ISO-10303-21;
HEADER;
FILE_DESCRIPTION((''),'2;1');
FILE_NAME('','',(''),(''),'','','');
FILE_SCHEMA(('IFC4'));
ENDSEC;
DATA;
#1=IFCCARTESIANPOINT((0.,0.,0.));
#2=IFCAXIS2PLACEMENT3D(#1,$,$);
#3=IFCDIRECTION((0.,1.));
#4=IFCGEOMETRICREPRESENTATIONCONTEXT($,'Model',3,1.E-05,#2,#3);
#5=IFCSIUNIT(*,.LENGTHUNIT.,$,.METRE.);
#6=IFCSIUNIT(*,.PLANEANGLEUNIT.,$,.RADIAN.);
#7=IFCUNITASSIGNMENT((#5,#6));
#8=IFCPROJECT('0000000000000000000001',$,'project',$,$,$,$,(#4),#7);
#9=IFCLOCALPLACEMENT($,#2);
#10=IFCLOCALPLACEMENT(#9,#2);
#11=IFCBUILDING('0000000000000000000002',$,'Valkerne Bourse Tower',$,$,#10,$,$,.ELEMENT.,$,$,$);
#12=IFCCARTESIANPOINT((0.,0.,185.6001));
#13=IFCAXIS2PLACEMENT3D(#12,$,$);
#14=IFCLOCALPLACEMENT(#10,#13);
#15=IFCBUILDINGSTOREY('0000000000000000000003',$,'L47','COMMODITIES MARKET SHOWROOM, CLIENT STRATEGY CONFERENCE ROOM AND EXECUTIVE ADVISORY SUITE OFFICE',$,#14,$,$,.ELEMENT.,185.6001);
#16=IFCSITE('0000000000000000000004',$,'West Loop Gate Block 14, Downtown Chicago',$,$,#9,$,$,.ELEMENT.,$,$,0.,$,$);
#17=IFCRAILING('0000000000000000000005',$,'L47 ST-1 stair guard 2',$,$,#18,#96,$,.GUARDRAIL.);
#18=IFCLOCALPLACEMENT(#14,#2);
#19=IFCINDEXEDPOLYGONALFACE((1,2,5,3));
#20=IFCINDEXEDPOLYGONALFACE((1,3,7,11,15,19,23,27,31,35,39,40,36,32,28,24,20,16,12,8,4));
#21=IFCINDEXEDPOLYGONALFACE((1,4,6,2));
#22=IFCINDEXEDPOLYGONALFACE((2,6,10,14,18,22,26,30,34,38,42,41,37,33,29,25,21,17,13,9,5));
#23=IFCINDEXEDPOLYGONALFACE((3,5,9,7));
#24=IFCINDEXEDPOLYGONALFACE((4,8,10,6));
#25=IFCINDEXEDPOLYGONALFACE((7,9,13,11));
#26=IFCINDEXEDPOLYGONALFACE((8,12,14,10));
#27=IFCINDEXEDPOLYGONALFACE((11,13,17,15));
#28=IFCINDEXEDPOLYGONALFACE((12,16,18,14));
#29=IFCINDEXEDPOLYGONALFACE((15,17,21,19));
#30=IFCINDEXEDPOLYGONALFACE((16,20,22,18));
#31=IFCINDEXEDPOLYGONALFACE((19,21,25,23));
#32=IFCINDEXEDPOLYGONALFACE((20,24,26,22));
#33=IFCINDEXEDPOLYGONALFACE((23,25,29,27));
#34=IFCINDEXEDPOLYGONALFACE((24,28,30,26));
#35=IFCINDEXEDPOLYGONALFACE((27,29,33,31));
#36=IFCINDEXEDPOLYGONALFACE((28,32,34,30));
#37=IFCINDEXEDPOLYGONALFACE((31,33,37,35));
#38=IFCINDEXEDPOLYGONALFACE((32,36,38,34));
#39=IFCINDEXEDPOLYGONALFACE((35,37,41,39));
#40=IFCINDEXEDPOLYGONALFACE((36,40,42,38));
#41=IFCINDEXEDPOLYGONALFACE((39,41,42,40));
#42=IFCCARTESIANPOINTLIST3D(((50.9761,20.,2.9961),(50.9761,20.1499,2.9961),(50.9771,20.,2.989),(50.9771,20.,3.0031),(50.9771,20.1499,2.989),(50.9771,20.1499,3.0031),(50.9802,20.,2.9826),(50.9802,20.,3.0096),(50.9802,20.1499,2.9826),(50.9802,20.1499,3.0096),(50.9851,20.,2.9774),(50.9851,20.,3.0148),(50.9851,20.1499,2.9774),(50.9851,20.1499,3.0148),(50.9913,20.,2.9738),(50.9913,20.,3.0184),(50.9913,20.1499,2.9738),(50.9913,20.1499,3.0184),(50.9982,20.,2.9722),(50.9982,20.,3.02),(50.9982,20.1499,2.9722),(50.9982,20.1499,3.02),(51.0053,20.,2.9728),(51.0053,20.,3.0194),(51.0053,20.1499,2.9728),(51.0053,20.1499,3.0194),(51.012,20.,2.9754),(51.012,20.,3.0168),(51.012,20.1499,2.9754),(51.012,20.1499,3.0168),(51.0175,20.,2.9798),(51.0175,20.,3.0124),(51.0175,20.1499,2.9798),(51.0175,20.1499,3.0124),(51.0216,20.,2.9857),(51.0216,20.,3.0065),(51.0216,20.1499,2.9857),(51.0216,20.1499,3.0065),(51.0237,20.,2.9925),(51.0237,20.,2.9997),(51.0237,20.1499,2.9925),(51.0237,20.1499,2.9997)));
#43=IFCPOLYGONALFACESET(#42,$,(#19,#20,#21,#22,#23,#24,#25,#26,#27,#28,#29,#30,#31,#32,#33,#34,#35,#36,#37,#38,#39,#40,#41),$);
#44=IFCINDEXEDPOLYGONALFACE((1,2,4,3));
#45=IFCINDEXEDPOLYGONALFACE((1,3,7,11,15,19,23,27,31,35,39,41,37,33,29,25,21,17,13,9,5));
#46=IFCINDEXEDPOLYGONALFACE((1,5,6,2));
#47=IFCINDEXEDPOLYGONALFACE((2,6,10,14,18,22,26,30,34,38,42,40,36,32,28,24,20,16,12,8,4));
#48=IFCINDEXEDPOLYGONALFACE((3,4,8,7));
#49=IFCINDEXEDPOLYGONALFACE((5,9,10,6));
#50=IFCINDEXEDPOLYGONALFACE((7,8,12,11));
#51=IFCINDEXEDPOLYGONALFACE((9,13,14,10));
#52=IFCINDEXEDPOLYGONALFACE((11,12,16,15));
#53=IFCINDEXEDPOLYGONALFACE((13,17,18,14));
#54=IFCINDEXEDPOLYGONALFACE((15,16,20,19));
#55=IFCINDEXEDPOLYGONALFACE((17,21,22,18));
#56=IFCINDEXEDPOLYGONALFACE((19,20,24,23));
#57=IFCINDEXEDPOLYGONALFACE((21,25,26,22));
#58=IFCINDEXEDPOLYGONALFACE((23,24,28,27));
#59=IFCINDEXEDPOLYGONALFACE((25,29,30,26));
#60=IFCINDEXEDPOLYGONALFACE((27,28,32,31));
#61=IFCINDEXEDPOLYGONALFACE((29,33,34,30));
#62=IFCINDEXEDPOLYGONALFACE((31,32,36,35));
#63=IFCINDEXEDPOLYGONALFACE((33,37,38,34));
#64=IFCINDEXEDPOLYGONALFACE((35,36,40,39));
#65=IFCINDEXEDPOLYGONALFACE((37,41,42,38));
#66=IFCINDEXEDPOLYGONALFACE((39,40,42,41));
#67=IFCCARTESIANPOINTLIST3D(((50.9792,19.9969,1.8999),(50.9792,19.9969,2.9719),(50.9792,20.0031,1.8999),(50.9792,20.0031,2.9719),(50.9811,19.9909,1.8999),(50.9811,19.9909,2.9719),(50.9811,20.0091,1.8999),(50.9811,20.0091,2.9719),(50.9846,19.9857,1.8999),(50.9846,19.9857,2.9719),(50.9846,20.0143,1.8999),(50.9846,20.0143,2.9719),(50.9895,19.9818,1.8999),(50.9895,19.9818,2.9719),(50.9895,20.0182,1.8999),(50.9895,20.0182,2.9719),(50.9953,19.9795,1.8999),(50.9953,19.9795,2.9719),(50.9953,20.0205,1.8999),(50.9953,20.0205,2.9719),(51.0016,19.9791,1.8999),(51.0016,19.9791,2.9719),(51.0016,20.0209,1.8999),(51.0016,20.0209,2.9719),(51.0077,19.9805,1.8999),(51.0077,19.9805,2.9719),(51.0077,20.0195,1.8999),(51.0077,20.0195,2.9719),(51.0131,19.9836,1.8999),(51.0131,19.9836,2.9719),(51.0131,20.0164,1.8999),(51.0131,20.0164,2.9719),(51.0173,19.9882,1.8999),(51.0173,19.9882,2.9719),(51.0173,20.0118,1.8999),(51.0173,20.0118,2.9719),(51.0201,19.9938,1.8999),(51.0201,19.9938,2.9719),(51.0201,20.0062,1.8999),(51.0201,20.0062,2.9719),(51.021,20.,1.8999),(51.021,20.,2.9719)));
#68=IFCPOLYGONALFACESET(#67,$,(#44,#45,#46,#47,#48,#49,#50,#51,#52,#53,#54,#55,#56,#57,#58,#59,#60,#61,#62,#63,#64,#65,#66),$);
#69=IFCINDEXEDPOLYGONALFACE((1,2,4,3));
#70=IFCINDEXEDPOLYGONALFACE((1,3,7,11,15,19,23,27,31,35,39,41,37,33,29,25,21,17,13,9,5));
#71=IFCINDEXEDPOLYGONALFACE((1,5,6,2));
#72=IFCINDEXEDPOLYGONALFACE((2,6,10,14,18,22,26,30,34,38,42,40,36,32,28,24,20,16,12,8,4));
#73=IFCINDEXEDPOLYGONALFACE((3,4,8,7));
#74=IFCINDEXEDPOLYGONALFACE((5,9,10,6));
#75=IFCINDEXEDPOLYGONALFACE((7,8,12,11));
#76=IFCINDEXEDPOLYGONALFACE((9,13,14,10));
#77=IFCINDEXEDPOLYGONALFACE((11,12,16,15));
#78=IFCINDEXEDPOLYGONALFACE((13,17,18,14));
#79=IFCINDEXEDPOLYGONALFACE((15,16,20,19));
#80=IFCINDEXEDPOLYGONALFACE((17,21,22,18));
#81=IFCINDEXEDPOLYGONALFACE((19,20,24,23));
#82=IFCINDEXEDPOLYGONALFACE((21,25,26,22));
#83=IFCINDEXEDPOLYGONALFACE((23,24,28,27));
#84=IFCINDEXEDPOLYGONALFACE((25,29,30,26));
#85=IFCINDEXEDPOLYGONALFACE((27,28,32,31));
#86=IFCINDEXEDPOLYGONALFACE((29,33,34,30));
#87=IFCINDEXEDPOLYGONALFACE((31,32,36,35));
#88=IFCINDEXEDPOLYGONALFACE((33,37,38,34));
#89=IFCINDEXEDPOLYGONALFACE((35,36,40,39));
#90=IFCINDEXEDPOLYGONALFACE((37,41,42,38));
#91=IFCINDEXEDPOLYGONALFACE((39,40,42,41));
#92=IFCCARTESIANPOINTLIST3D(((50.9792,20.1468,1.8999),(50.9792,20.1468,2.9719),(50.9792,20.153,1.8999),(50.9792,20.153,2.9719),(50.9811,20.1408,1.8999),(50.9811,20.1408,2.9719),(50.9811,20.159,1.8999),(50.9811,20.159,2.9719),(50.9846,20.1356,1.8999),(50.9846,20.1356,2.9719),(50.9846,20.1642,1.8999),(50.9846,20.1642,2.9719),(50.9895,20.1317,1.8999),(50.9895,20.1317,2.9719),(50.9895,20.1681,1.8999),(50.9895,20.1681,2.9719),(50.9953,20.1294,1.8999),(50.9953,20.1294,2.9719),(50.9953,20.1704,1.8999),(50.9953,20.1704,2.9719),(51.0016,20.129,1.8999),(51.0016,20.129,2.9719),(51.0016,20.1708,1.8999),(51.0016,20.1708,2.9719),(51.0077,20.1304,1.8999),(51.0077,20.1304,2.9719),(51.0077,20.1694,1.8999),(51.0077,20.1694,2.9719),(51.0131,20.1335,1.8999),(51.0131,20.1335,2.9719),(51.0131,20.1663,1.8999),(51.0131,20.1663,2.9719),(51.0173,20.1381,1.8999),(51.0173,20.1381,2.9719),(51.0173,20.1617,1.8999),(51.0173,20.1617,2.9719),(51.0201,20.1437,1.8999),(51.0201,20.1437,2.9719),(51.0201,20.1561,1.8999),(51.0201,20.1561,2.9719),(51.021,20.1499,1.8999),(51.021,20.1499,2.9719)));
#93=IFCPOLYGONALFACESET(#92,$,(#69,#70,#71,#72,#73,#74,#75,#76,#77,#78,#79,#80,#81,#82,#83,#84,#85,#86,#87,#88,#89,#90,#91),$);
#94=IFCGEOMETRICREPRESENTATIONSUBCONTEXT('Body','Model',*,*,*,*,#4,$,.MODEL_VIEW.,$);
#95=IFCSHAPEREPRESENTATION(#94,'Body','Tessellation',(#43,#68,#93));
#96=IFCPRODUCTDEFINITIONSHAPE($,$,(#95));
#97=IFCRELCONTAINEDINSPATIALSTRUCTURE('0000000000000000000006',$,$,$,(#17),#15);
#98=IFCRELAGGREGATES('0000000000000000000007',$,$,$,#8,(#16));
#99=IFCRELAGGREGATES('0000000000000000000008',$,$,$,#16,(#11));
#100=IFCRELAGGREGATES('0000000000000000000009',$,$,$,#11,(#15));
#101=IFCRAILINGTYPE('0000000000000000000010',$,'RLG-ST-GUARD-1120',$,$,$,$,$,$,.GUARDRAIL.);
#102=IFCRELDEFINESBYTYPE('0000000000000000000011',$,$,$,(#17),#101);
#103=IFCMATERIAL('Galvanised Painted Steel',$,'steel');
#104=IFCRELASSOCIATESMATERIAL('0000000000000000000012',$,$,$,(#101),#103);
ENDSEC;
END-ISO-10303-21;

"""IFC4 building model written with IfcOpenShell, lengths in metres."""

from ifc_helpers import new_model, si_unit, direction, frame, origin, origin_2d, place, context, subcontext, project, spatial, circle, extrude, material, type_object, element, save


model = new_model("IFC4")

# Units and contexts
model_context = context("Model", 3, precision=1e-05, world=origin(), true_north=direction((0.0, 1.0)))
body_context = subcontext(model_context, "Body", "Model", "MODEL_VIEW")
ifc_project = project(units=[si_unit("LENGTHUNIT", "METRE"), si_unit("PLANEANGLEUNIT", "RADIAN")], contexts=[model_context])

# Site, building, storey
site_placement = place(None, origin())
site = spatial("IfcSite", under=ifc_project, at=site_placement, Name="West Loop Gate Block 14, Downtown Chicago", CompositionType="ELEMENT", RefElevation=0.0)
building_placement = place(site_placement, origin())
building = spatial("IfcBuilding", under=site, at=building_placement, Name="Valkerne Bourse Tower", CompositionType="ELEMENT")
storey_placement = place(building_placement, frame((0.0, 0.0, 185.6001)))
storey = spatial("IfcBuildingStorey", under=building, at=storey_placement, Name="L47", Description="COMMODITIES MARKET SHOWROOM, CLIENT STRATEGY CONFERENCE ROOM AND EXECUTIVE ADVISORY SUITE OFFICE", CompositionType="ELEMENT", Elevation=185.6001)

# Shared definitions
ifc_material_1 = material(Name="Galvanised Painted Steel", Category="steel")

# Railing
railing_type_1 = type_object("IfcRailingType", Name="RLG-ST-GUARD-1120", PredefinedType="GUARDRAIL", material=ifc_material_1)
railing_1_placement = place(storey_placement, frame((51.0, 20.0, 1.8999)))
element("IfcRailing", 1, at=railing_1_placement, inside=storey, type_object=railing_type_1, Name="L47 ST-1 stair guard 2", PredefinedType="GUARDRAIL", context=body_context, shape_type="SweptSolid", body=[
    extrude(circle(Radius=0.0239, at=origin_2d()), frame((0.0, 0.0, 1.0962), z_axis=(0.0, 1.0, 0.0), x_axis=(-1.0, 0.0, 0.0)), (0.0, 0.0, 1.0), 0.1499),
    extrude(circle(Radius=0.021, at=origin_2d()), origin(), (0.0, 0.0, 1.0), 1.072),
    extrude(circle(Radius=0.021, at=origin_2d()), frame((0.0, 0.1499, 0.0)), (0.0, 0.0, 1.0), 1.072),
])

save(model, "model.ifc")
